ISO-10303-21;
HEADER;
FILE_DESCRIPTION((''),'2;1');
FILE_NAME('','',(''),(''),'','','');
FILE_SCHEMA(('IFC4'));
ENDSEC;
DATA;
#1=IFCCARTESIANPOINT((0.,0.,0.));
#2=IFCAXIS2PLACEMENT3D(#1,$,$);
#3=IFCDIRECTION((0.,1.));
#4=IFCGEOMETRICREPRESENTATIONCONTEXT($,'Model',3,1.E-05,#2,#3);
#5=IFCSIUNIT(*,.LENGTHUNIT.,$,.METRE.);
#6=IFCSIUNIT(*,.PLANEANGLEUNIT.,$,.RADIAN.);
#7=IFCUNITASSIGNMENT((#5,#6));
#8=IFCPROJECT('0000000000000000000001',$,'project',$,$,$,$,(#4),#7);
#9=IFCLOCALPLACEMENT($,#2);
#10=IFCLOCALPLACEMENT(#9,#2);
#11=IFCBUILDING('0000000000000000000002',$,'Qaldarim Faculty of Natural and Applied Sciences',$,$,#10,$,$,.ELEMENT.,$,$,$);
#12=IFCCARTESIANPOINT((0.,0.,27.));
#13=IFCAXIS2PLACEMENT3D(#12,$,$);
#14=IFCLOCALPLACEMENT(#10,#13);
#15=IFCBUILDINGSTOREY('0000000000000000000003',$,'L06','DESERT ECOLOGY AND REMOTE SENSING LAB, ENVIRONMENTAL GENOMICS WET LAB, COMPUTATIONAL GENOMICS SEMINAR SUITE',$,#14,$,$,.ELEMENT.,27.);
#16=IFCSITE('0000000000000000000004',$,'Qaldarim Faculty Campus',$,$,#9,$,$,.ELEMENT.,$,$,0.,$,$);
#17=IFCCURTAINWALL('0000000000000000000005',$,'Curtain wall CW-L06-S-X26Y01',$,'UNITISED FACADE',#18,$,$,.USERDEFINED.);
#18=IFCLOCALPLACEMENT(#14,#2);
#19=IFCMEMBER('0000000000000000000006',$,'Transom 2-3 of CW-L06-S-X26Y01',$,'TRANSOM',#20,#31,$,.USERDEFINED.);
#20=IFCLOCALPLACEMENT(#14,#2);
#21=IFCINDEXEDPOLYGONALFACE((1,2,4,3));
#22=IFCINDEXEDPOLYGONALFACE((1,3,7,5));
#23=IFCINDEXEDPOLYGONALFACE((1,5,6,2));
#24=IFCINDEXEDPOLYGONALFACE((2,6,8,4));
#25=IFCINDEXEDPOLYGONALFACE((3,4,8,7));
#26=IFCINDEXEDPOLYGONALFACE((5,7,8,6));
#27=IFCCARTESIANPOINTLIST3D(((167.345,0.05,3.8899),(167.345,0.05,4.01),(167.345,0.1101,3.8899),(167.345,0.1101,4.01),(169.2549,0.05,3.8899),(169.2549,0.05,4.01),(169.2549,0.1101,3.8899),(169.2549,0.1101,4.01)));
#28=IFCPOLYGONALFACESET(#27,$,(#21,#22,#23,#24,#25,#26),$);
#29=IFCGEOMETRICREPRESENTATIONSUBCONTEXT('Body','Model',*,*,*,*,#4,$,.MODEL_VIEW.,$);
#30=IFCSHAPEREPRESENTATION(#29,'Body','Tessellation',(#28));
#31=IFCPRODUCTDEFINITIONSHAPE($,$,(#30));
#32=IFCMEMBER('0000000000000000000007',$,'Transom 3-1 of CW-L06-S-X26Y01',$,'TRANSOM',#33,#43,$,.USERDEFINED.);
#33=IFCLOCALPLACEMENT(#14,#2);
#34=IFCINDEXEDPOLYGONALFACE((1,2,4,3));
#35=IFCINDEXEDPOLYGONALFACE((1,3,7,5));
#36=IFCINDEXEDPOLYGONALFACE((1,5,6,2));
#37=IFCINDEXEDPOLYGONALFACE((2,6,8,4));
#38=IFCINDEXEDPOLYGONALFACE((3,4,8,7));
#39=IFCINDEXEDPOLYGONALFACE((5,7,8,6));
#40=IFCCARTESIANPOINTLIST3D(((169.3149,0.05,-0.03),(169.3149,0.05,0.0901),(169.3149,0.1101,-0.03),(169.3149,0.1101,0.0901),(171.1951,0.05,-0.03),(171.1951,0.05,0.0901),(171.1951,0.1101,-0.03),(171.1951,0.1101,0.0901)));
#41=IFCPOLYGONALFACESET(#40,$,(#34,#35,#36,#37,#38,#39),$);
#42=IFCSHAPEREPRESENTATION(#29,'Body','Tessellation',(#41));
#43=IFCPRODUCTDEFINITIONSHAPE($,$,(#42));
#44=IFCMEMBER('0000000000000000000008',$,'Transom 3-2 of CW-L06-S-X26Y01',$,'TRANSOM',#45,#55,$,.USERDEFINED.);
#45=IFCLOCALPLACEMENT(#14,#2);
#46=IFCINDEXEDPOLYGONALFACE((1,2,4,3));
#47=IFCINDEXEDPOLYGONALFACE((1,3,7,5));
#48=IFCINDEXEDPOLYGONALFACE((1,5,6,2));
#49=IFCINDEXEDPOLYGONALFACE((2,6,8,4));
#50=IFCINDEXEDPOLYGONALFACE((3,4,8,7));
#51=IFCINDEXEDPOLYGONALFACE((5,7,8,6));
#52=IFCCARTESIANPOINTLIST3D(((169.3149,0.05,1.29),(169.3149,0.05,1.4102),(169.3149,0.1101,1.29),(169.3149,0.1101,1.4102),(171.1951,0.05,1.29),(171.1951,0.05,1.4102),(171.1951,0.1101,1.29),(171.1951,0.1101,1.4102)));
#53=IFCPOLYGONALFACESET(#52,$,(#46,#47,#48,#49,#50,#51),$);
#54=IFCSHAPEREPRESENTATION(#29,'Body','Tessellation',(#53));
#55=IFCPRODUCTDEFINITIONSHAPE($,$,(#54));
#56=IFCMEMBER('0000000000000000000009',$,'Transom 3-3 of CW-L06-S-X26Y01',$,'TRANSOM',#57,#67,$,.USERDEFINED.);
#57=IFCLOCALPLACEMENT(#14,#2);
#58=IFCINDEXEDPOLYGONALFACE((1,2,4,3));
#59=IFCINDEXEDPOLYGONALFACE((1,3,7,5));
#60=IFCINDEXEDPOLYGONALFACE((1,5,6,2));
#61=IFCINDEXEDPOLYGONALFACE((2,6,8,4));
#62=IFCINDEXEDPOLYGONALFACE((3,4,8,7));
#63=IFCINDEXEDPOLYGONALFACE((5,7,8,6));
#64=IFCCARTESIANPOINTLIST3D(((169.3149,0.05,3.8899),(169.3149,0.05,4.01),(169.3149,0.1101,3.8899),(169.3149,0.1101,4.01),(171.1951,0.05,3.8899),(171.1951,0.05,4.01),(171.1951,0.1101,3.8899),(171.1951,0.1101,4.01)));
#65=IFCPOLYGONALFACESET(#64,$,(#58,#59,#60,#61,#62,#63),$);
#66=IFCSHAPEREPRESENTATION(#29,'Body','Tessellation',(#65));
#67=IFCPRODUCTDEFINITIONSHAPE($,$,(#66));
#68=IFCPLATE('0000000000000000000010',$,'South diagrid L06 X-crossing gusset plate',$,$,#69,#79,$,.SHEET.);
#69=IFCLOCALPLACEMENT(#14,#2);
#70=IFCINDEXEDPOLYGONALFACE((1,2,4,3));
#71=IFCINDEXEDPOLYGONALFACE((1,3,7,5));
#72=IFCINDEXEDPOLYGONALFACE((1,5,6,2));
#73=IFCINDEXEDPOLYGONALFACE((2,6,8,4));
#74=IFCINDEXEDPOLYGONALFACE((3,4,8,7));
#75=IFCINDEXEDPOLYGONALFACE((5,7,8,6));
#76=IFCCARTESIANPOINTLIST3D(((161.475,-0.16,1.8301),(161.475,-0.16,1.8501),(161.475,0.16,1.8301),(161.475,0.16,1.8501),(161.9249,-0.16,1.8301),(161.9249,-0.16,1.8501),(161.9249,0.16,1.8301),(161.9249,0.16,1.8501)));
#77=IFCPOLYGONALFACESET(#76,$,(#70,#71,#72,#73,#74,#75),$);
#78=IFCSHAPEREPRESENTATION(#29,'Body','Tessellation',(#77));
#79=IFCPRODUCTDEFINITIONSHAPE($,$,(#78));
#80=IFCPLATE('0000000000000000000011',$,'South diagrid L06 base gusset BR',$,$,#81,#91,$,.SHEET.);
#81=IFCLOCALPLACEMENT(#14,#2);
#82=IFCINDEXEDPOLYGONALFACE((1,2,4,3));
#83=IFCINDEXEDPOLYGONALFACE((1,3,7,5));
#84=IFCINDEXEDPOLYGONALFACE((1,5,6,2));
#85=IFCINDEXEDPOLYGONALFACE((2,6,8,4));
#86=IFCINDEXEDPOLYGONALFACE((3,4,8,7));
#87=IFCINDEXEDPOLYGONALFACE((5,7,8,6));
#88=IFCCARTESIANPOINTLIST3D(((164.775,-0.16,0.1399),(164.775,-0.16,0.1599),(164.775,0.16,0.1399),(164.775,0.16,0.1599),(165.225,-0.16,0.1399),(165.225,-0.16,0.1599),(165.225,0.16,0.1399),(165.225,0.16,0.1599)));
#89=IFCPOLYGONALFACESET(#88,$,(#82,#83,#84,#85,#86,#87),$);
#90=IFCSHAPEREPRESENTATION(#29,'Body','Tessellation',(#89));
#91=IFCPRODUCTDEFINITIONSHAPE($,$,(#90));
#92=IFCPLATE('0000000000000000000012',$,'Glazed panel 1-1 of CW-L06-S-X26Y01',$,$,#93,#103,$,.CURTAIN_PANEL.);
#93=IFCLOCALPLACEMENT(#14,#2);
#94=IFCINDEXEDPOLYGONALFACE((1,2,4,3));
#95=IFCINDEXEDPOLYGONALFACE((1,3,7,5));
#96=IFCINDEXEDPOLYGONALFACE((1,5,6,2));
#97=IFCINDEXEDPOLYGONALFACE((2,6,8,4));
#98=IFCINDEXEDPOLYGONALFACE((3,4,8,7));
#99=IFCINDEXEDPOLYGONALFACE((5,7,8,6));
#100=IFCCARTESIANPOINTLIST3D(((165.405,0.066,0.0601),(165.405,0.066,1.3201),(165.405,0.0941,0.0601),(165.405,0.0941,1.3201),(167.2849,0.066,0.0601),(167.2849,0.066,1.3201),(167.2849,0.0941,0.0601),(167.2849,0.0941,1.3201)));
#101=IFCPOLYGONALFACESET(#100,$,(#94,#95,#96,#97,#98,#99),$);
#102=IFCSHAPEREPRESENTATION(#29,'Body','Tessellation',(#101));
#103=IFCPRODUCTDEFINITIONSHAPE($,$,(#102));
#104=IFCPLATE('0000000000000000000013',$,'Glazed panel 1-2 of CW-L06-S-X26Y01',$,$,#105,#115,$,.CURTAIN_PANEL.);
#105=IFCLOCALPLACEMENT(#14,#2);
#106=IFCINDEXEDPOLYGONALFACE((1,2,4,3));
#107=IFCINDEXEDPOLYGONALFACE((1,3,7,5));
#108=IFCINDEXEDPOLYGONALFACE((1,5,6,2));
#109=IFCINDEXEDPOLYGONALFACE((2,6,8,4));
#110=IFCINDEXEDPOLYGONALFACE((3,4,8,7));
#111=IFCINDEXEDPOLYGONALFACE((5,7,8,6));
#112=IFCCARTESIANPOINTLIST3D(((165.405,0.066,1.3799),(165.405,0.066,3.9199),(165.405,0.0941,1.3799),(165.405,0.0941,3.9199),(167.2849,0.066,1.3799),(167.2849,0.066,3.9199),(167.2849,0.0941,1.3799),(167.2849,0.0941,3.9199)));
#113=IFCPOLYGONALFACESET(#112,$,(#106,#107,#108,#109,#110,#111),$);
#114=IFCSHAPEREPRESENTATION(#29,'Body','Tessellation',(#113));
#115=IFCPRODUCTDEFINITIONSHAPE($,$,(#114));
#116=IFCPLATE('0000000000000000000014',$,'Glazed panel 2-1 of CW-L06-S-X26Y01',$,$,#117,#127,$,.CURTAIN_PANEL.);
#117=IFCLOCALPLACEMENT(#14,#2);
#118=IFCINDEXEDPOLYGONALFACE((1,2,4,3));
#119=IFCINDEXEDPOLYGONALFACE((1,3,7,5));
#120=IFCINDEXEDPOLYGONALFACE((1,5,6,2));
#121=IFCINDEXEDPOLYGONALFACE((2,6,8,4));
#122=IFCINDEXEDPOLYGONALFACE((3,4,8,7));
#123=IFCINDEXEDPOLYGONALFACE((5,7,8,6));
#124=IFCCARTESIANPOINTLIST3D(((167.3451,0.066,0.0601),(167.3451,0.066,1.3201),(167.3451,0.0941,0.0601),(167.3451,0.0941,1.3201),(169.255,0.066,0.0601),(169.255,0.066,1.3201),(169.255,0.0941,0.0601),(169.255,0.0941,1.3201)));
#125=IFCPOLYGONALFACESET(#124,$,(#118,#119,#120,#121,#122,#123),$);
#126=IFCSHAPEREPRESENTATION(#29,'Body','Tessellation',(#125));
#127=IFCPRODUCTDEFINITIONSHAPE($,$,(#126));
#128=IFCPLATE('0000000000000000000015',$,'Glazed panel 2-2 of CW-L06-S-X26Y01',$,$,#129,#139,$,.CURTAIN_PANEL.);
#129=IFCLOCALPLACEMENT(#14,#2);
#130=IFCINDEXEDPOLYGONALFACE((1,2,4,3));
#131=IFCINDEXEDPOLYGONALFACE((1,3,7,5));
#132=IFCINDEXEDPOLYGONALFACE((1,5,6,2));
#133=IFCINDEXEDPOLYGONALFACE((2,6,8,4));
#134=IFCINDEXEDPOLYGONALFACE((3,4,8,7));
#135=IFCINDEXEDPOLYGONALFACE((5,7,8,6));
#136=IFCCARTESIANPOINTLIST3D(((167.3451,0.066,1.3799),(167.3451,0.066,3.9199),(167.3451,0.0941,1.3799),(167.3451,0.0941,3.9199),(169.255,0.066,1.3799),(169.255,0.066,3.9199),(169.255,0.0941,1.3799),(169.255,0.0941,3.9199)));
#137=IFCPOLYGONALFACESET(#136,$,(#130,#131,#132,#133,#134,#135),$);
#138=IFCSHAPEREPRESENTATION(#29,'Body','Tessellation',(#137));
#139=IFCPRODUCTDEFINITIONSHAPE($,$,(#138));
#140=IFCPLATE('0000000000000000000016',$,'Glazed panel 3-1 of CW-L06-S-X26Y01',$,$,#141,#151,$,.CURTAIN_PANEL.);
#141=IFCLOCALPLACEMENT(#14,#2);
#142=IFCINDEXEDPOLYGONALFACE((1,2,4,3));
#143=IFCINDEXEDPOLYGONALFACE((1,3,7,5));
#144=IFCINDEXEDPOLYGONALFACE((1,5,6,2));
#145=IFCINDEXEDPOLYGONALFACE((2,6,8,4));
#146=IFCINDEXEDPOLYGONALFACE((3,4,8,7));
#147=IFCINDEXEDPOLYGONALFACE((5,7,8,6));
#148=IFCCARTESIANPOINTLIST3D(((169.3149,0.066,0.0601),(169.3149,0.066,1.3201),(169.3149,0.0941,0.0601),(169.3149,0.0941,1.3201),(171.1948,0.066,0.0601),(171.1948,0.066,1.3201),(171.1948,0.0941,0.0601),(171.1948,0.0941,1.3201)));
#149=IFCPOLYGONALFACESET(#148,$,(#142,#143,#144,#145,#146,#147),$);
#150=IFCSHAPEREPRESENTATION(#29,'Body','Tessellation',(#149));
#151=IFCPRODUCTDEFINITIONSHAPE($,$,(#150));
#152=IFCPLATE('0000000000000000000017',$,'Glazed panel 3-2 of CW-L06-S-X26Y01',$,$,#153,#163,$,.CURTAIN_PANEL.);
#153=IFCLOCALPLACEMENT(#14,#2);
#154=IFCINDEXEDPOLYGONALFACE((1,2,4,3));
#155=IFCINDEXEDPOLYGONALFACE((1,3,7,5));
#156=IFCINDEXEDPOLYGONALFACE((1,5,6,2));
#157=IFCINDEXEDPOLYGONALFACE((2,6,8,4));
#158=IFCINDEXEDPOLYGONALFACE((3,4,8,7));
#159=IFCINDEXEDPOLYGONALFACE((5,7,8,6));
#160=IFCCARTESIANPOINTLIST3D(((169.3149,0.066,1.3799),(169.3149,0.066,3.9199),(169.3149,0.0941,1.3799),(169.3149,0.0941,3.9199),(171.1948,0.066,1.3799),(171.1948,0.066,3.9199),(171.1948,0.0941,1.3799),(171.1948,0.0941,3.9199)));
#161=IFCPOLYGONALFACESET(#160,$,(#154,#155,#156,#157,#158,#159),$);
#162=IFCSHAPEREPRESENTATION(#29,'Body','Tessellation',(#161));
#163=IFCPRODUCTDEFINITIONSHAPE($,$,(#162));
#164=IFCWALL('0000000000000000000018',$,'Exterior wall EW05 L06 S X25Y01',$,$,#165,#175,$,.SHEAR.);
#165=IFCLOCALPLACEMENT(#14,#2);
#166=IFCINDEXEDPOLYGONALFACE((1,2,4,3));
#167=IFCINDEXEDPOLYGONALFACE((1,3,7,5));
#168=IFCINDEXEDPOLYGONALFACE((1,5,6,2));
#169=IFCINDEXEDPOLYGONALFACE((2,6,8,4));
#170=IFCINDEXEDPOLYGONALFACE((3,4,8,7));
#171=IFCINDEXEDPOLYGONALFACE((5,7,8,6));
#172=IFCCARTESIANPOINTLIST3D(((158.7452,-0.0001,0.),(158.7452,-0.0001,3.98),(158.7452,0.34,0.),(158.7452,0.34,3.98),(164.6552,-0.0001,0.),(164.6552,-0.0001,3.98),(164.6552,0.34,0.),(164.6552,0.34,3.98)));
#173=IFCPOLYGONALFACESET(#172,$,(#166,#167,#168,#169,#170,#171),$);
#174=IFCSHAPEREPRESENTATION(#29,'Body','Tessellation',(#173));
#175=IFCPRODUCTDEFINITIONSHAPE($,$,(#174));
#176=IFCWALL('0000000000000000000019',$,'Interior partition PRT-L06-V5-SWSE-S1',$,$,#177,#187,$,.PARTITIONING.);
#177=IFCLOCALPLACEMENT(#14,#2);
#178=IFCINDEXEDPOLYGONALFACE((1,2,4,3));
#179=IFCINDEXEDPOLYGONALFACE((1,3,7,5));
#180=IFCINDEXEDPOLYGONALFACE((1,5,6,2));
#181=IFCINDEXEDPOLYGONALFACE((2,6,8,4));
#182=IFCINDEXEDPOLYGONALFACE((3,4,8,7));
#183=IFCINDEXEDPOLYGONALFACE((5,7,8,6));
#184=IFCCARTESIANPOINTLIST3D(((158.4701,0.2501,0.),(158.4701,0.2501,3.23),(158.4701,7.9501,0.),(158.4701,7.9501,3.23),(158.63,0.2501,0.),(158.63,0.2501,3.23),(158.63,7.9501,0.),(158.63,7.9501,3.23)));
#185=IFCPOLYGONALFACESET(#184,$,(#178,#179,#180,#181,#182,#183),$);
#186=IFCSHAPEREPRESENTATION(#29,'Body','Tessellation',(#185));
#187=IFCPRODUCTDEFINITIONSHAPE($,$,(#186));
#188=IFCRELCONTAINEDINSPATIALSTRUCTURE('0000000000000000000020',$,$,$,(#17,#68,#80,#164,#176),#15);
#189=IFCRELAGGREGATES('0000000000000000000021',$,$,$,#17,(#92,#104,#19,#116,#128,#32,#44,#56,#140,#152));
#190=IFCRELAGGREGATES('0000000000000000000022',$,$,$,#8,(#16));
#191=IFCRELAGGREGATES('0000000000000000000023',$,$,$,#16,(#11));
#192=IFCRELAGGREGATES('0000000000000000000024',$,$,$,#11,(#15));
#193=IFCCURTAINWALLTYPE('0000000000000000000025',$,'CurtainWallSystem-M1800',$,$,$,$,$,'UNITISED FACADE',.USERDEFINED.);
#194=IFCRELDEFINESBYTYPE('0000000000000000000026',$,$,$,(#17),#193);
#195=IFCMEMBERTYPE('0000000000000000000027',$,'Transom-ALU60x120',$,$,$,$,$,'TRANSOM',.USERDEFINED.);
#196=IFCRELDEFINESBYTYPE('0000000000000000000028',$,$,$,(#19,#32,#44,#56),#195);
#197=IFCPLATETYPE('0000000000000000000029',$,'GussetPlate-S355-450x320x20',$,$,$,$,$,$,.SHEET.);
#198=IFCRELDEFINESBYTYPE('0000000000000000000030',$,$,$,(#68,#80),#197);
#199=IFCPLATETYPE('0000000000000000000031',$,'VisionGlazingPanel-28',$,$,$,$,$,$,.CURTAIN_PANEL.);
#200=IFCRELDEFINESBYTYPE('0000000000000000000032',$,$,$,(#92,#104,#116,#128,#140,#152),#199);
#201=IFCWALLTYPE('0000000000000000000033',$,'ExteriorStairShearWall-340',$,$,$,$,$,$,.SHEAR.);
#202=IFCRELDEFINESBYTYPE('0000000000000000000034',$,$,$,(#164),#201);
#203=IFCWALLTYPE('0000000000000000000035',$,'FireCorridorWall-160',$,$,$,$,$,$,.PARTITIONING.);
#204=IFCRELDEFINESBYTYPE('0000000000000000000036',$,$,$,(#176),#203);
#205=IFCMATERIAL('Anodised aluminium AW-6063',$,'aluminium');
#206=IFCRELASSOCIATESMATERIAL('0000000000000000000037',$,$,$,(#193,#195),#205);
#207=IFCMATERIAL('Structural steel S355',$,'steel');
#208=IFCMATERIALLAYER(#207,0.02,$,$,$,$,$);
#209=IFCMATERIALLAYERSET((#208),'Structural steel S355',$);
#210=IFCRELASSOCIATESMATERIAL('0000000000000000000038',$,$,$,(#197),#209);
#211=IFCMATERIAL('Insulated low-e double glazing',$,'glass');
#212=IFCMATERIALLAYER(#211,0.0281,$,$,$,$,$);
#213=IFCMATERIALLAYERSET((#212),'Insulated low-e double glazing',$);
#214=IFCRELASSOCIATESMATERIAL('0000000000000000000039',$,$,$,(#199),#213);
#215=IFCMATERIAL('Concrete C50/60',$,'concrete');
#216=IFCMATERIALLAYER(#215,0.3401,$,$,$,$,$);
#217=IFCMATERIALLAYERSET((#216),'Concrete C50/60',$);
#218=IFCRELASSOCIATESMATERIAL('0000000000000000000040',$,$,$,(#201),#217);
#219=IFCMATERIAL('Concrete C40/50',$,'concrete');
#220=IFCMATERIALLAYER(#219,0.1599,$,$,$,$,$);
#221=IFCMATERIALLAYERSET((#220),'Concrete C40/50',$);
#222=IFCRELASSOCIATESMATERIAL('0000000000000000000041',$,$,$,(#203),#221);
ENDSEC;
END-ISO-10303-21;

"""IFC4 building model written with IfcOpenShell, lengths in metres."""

from ifc_helpers import new_model, si_unit, direction, frame, frame_2d, origin, origin_2d, place, context, subcontext, project, spatial, rectangle, extrude, material, layer, layer_set, material_profile, profile_set, type_object, element, aggregate, save


model = new_model("IFC4")

# Units and contexts
model_context = context("Model", 3, precision=1e-05, world=origin(), true_north=direction((0.0, 1.0)))
body_context = subcontext(model_context, "Body", "Model", "MODEL_VIEW")
ifc_project = project(units=[si_unit("LENGTHUNIT", "METRE"), si_unit("PLANEANGLEUNIT", "RADIAN")], contexts=[model_context])

# Site, building, storey
site_placement = place(None, origin())
site = spatial("IfcSite", under=ifc_project, at=site_placement, Name="Qaldarim Faculty Campus", CompositionType="ELEMENT", RefElevation=0.0)
building_placement = place(site_placement, origin())
building = spatial("IfcBuilding", under=site, at=building_placement, Name="Qaldarim Faculty of Natural and Applied Sciences", CompositionType="ELEMENT")
storey_placement = place(building_placement, frame((0.0, 0.0, 27.0)))
storey = spatial("IfcBuildingStorey", under=building, at=storey_placement, Name="L06", Description="DESERT ECOLOGY AND REMOTE SENSING LAB, ENVIRONMENTAL GENOMICS WET LAB, COMPUTATIONAL GENOMICS SEMINAR SUITE", CompositionType="ELEMENT", Elevation=27.0)

# Shared definitions
ifc_material_1 = material(Name="Concrete C50/60", Category="concrete")

# Shared definitions
ifc_material_2 = material(Name="Concrete C40/50", Category="concrete")

# Curtain wall
ifc_material_3 = material(Name="Anodised aluminium AW-6063", Category="aluminium")
curtain_wall_type = type_object("IfcCurtainWallType", Name="CurtainWallSystem-M1800", ElementType="UNITISED FACADE", PredefinedType="USERDEFINED", material=ifc_material_3)
curtain_wall_placement = place(storey_placement, origin())
curtain_wall = element("IfcCurtainWall", 1, at=curtain_wall_placement, inside=storey, type_object=curtain_wall_type, Name="Curtain wall CW-L06-S-X26Y01", ObjectType="UNITISED FACADE", PredefinedType="USERDEFINED")

# Shared definitions
ifc_material_4 = material(Name="Structural steel S355", Category="steel")

# Members
ifc_material_profile_1 = material_profile(ifc_material_3, rectangle(XDim=0.0601, YDim=0.1201, at=origin_2d()), Name="ALU-T60x120")
ifc_profile_set_1 = profile_set([ifc_material_profile_1], Name="Anodised aluminium AW-6063")
member_type_1 = type_object("IfcMemberType", Name="Transom-ALU60x120", ElementType="TRANSOM", PredefinedType="USERDEFINED", material=ifc_profile_set_1)
member_1_placement = place(storey_placement, frame((167.345, 0.0801, 3.95), z_axis=(1.0, 0.0, 0.0), x_axis=(0.0, 1.0, 0.0)))
member_1 = element("IfcMember", 2, at=member_1_placement, type_object=member_type_1, Name="Transom 2-3 of CW-L06-S-X26Y01", ObjectType="TRANSOM", PredefinedType="USERDEFINED", context=body_context, shape_type="SweptSolid", body=[
    extrude(rectangle(XDim=0.0601, YDim=0.1201, at=origin_2d()), origin(), (0.0, 0.0, 1.0), 1.9099),
])
member_2_placement = place(storey_placement, frame((169.3149, 0.0801, 0.03), z_axis=(1.0, 0.0, 0.0), x_axis=(0.0, 1.0, 0.0)))
member_2 = element("IfcMember", 3, at=member_2_placement, type_object=member_type_1, Name="Transom 3-1 of CW-L06-S-X26Y01", ObjectType="TRANSOM", PredefinedType="USERDEFINED", context=body_context, shape_type="SweptSolid", body=[
    extrude(rectangle(XDim=0.0601, YDim=0.1201, at=origin_2d()), origin(), (0.0, 0.0, 1.0), 1.8801),
])
member_3_placement = place(storey_placement, frame((169.3149, 0.0801, 1.3501), z_axis=(1.0, 0.0, 0.0), x_axis=(0.0, 1.0, 0.0)))
member_3 = element("IfcMember", 4, at=member_3_placement, type_object=member_type_1, Name="Transom 3-2 of CW-L06-S-X26Y01", ObjectType="TRANSOM", PredefinedType="USERDEFINED", context=body_context, shape_type="SweptSolid", body=[
    extrude(rectangle(XDim=0.0601, YDim=0.1201, at=origin_2d()), origin(), (0.0, 0.0, 1.0), 1.8801),
])
member_4_placement = place(storey_placement, frame((169.3149, 0.0801, 3.95), z_axis=(1.0, 0.0, 0.0), x_axis=(0.0, 1.0, 0.0)))
member_4 = element("IfcMember", 5, at=member_4_placement, type_object=member_type_1, Name="Transom 3-3 of CW-L06-S-X26Y01", ObjectType="TRANSOM", PredefinedType="USERDEFINED", context=body_context, shape_type="SweptSolid", body=[
    extrude(rectangle(XDim=0.0601, YDim=0.1201, at=origin_2d()), origin(), (0.0, 0.0, 1.0), 1.8801),
])

# Plates
ifc_layer_1 = layer(ifc_material_4, 0.02)
ifc_layer_set_1 = layer_set([ifc_layer_1], Name="Structural steel S355")
plate_type_1 = type_object("IfcPlateType", Name="GussetPlate-S355-450x320x20", PredefinedType="SHEET", material=ifc_layer_set_1)
for number, where, z_axis, x_axis, name in (
    (6, (161.7, 0.0, 1.8301), (0.0, 0.0, 1.0), (1.0, 0.0, 0.0), "South diagrid L06 X-crossing gusset plate"),
    (7, (165.0, 0.0, 0.1399), (0.0, 0.0, 1.0), (1.0, 0.0, 0.0), "South diagrid L06 base gusset BR"),
):
    element("IfcPlate", number, at=place(storey_placement, frame(where, z_axis=z_axis, x_axis=x_axis)), inside=storey, type_object=plate_type_1, Name=name, PredefinedType="SHEET", context=body_context, shape_type="SweptSolid", body=[
        extrude(rectangle(XDim=0.45, YDim=0.3201, at=origin_2d()), origin(), (0.0, 0.0, 1.0), 0.02),
    ])

# Plates
ifc_material_5 = material(Name="Insulated low-e double glazing", Category="glass")
ifc_layer_2 = layer(ifc_material_5, 0.0281)
ifc_layer_set_2 = layer_set([ifc_layer_2], Name="Insulated low-e double glazing")
plate_type_2 = type_object("IfcPlateType", Name="VisionGlazingPanel-28", PredefinedType="CURTAIN_PANEL", material=ifc_layer_set_2)
plate_1_placement = place(storey_placement, frame((166.345, 0.0801, 0.0601), z_axis=(0.0, 0.0, 1.0), x_axis=(1.0, 0.0, 0.0)))
plate_1 = element("IfcPlate", 8, at=plate_1_placement, type_object=plate_type_2, Name="Glazed panel 1-1 of CW-L06-S-X26Y01", PredefinedType="CURTAIN_PANEL", context=body_context, shape_type="SweptSolid", body=[
    extrude(rectangle(XDim=1.8799, YDim=0.0281, at=origin_2d()), origin(), (0.0, 0.0, 1.0), 1.26),
])
plate_2_placement = place(storey_placement, frame((166.345, 0.0801, 1.3799), z_axis=(0.0, 0.0, 1.0), x_axis=(1.0, 0.0, 0.0)))
plate_2 = element("IfcPlate", 9, at=plate_2_placement, type_object=plate_type_2, Name="Glazed panel 1-2 of CW-L06-S-X26Y01", PredefinedType="CURTAIN_PANEL", context=body_context, shape_type="SweptSolid", body=[
    extrude(rectangle(XDim=1.8799, YDim=0.0281, at=origin_2d()), origin(), (0.0, 0.0, 1.0), 2.54),
])
plate_3_placement = place(storey_placement, frame((168.3, 0.0801, 0.0601), z_axis=(0.0, 0.0, 1.0), x_axis=(1.0, 0.0, 0.0)))
plate_3 = element("IfcPlate", 10, at=plate_3_placement, type_object=plate_type_2, Name="Glazed panel 2-1 of CW-L06-S-X26Y01", PredefinedType="CURTAIN_PANEL", context=body_context, shape_type="SweptSolid", body=[
    extrude(rectangle(XDim=1.9099, YDim=0.0281, at=origin_2d()), origin(), (0.0, 0.0, 1.0), 1.26),
])
plate_4_placement = place(storey_placement, frame((168.3, 0.0801, 1.3799), z_axis=(0.0, 0.0, 1.0), x_axis=(1.0, 0.0, 0.0)))
plate_4 = element("IfcPlate", 11, at=plate_4_placement, type_object=plate_type_2, Name="Glazed panel 2-2 of CW-L06-S-X26Y01", PredefinedType="CURTAIN_PANEL", context=body_context, shape_type="SweptSolid", body=[
    extrude(rectangle(XDim=1.9099, YDim=0.0281, at=origin_2d()), origin(), (0.0, 0.0, 1.0), 2.54),
])
plate_5_placement = place(storey_placement, frame((170.2549, 0.0801, 0.0601), z_axis=(0.0, 0.0, 1.0), x_axis=(1.0, 0.0, 0.0)))
plate_5 = element("IfcPlate", 12, at=plate_5_placement, type_object=plate_type_2, Name="Glazed panel 3-1 of CW-L06-S-X26Y01", PredefinedType="CURTAIN_PANEL", context=body_context, shape_type="SweptSolid", body=[
    extrude(rectangle(XDim=1.8799, YDim=0.0281, at=origin_2d()), origin(), (0.0, 0.0, 1.0), 1.26),
])
plate_6_placement = place(storey_placement, frame((170.2549, 0.0801, 1.3799), z_axis=(0.0, 0.0, 1.0), x_axis=(1.0, 0.0, 0.0)))
plate_6 = element("IfcPlate", 13, at=plate_6_placement, type_object=plate_type_2, Name="Glazed panel 3-2 of CW-L06-S-X26Y01", PredefinedType="CURTAIN_PANEL", context=body_context, shape_type="SweptSolid", body=[
    extrude(rectangle(XDim=1.8799, YDim=0.0281, at=origin_2d()), origin(), (0.0, 0.0, 1.0), 2.54),
])
aggregate(curtain_wall, [plate_1, plate_2, member_1, plate_3, plate_4, member_2, member_3, member_4, plate_5, plate_6])

# Walls
ifc_layer_3 = layer(ifc_material_1, 0.3401)
ifc_layer_set_3 = layer_set([ifc_layer_3], Name="Concrete C50/60")
wall_type_1 = type_object("IfcWallType", Name="ExteriorStairShearWall-340", PredefinedType="SHEAR", material=ifc_layer_set_3)
wall_1_placement = place(storey_placement, frame((158.7451, 0.1699, 0.0), z_axis=(0.0, 0.0, 1.0), x_axis=(1.0, 0.0, 0.0)))
element("IfcWall", 14, at=wall_1_placement, inside=storey, type_object=wall_type_1, Name="Exterior wall EW05 L06 S X25Y01", PredefinedType="SHEAR", context=body_context, shape_type="SweptSolid", body=[
    extrude(rectangle(XDim=5.9099, YDim=0.3401, at=frame_2d((2.9551, 0.0))), origin(), (0.0, 0.0, 1.0), 3.98),
])
ifc_layer_4 = layer(ifc_material_2, 0.1599)
ifc_layer_set_4 = layer_set([ifc_layer_4], Name="Concrete C40/50")
wall_type_2 = type_object("IfcWallType", Name="FireCorridorWall-160", PredefinedType="PARTITIONING", material=ifc_layer_set_4)
wall_2_placement = place(storey_placement, frame((158.55, 0.25, 0.0), z_axis=(0.0, 0.0, 1.0), x_axis=(0.0, 1.0, 0.0)))
element("IfcWall", 15, at=wall_2_placement, inside=storey, type_object=wall_type_2, Name="Interior partition PRT-L06-V5-SWSE-S1", PredefinedType="PARTITIONING", context=body_context, shape_type="SweptSolid", body=[
    extrude(rectangle(XDim=7.7, YDim=0.1599, at=frame_2d((3.8501, 0.0))), origin(), (0.0, 0.0, 1.0), 3.23),
])

save(model, "model.ifc")
